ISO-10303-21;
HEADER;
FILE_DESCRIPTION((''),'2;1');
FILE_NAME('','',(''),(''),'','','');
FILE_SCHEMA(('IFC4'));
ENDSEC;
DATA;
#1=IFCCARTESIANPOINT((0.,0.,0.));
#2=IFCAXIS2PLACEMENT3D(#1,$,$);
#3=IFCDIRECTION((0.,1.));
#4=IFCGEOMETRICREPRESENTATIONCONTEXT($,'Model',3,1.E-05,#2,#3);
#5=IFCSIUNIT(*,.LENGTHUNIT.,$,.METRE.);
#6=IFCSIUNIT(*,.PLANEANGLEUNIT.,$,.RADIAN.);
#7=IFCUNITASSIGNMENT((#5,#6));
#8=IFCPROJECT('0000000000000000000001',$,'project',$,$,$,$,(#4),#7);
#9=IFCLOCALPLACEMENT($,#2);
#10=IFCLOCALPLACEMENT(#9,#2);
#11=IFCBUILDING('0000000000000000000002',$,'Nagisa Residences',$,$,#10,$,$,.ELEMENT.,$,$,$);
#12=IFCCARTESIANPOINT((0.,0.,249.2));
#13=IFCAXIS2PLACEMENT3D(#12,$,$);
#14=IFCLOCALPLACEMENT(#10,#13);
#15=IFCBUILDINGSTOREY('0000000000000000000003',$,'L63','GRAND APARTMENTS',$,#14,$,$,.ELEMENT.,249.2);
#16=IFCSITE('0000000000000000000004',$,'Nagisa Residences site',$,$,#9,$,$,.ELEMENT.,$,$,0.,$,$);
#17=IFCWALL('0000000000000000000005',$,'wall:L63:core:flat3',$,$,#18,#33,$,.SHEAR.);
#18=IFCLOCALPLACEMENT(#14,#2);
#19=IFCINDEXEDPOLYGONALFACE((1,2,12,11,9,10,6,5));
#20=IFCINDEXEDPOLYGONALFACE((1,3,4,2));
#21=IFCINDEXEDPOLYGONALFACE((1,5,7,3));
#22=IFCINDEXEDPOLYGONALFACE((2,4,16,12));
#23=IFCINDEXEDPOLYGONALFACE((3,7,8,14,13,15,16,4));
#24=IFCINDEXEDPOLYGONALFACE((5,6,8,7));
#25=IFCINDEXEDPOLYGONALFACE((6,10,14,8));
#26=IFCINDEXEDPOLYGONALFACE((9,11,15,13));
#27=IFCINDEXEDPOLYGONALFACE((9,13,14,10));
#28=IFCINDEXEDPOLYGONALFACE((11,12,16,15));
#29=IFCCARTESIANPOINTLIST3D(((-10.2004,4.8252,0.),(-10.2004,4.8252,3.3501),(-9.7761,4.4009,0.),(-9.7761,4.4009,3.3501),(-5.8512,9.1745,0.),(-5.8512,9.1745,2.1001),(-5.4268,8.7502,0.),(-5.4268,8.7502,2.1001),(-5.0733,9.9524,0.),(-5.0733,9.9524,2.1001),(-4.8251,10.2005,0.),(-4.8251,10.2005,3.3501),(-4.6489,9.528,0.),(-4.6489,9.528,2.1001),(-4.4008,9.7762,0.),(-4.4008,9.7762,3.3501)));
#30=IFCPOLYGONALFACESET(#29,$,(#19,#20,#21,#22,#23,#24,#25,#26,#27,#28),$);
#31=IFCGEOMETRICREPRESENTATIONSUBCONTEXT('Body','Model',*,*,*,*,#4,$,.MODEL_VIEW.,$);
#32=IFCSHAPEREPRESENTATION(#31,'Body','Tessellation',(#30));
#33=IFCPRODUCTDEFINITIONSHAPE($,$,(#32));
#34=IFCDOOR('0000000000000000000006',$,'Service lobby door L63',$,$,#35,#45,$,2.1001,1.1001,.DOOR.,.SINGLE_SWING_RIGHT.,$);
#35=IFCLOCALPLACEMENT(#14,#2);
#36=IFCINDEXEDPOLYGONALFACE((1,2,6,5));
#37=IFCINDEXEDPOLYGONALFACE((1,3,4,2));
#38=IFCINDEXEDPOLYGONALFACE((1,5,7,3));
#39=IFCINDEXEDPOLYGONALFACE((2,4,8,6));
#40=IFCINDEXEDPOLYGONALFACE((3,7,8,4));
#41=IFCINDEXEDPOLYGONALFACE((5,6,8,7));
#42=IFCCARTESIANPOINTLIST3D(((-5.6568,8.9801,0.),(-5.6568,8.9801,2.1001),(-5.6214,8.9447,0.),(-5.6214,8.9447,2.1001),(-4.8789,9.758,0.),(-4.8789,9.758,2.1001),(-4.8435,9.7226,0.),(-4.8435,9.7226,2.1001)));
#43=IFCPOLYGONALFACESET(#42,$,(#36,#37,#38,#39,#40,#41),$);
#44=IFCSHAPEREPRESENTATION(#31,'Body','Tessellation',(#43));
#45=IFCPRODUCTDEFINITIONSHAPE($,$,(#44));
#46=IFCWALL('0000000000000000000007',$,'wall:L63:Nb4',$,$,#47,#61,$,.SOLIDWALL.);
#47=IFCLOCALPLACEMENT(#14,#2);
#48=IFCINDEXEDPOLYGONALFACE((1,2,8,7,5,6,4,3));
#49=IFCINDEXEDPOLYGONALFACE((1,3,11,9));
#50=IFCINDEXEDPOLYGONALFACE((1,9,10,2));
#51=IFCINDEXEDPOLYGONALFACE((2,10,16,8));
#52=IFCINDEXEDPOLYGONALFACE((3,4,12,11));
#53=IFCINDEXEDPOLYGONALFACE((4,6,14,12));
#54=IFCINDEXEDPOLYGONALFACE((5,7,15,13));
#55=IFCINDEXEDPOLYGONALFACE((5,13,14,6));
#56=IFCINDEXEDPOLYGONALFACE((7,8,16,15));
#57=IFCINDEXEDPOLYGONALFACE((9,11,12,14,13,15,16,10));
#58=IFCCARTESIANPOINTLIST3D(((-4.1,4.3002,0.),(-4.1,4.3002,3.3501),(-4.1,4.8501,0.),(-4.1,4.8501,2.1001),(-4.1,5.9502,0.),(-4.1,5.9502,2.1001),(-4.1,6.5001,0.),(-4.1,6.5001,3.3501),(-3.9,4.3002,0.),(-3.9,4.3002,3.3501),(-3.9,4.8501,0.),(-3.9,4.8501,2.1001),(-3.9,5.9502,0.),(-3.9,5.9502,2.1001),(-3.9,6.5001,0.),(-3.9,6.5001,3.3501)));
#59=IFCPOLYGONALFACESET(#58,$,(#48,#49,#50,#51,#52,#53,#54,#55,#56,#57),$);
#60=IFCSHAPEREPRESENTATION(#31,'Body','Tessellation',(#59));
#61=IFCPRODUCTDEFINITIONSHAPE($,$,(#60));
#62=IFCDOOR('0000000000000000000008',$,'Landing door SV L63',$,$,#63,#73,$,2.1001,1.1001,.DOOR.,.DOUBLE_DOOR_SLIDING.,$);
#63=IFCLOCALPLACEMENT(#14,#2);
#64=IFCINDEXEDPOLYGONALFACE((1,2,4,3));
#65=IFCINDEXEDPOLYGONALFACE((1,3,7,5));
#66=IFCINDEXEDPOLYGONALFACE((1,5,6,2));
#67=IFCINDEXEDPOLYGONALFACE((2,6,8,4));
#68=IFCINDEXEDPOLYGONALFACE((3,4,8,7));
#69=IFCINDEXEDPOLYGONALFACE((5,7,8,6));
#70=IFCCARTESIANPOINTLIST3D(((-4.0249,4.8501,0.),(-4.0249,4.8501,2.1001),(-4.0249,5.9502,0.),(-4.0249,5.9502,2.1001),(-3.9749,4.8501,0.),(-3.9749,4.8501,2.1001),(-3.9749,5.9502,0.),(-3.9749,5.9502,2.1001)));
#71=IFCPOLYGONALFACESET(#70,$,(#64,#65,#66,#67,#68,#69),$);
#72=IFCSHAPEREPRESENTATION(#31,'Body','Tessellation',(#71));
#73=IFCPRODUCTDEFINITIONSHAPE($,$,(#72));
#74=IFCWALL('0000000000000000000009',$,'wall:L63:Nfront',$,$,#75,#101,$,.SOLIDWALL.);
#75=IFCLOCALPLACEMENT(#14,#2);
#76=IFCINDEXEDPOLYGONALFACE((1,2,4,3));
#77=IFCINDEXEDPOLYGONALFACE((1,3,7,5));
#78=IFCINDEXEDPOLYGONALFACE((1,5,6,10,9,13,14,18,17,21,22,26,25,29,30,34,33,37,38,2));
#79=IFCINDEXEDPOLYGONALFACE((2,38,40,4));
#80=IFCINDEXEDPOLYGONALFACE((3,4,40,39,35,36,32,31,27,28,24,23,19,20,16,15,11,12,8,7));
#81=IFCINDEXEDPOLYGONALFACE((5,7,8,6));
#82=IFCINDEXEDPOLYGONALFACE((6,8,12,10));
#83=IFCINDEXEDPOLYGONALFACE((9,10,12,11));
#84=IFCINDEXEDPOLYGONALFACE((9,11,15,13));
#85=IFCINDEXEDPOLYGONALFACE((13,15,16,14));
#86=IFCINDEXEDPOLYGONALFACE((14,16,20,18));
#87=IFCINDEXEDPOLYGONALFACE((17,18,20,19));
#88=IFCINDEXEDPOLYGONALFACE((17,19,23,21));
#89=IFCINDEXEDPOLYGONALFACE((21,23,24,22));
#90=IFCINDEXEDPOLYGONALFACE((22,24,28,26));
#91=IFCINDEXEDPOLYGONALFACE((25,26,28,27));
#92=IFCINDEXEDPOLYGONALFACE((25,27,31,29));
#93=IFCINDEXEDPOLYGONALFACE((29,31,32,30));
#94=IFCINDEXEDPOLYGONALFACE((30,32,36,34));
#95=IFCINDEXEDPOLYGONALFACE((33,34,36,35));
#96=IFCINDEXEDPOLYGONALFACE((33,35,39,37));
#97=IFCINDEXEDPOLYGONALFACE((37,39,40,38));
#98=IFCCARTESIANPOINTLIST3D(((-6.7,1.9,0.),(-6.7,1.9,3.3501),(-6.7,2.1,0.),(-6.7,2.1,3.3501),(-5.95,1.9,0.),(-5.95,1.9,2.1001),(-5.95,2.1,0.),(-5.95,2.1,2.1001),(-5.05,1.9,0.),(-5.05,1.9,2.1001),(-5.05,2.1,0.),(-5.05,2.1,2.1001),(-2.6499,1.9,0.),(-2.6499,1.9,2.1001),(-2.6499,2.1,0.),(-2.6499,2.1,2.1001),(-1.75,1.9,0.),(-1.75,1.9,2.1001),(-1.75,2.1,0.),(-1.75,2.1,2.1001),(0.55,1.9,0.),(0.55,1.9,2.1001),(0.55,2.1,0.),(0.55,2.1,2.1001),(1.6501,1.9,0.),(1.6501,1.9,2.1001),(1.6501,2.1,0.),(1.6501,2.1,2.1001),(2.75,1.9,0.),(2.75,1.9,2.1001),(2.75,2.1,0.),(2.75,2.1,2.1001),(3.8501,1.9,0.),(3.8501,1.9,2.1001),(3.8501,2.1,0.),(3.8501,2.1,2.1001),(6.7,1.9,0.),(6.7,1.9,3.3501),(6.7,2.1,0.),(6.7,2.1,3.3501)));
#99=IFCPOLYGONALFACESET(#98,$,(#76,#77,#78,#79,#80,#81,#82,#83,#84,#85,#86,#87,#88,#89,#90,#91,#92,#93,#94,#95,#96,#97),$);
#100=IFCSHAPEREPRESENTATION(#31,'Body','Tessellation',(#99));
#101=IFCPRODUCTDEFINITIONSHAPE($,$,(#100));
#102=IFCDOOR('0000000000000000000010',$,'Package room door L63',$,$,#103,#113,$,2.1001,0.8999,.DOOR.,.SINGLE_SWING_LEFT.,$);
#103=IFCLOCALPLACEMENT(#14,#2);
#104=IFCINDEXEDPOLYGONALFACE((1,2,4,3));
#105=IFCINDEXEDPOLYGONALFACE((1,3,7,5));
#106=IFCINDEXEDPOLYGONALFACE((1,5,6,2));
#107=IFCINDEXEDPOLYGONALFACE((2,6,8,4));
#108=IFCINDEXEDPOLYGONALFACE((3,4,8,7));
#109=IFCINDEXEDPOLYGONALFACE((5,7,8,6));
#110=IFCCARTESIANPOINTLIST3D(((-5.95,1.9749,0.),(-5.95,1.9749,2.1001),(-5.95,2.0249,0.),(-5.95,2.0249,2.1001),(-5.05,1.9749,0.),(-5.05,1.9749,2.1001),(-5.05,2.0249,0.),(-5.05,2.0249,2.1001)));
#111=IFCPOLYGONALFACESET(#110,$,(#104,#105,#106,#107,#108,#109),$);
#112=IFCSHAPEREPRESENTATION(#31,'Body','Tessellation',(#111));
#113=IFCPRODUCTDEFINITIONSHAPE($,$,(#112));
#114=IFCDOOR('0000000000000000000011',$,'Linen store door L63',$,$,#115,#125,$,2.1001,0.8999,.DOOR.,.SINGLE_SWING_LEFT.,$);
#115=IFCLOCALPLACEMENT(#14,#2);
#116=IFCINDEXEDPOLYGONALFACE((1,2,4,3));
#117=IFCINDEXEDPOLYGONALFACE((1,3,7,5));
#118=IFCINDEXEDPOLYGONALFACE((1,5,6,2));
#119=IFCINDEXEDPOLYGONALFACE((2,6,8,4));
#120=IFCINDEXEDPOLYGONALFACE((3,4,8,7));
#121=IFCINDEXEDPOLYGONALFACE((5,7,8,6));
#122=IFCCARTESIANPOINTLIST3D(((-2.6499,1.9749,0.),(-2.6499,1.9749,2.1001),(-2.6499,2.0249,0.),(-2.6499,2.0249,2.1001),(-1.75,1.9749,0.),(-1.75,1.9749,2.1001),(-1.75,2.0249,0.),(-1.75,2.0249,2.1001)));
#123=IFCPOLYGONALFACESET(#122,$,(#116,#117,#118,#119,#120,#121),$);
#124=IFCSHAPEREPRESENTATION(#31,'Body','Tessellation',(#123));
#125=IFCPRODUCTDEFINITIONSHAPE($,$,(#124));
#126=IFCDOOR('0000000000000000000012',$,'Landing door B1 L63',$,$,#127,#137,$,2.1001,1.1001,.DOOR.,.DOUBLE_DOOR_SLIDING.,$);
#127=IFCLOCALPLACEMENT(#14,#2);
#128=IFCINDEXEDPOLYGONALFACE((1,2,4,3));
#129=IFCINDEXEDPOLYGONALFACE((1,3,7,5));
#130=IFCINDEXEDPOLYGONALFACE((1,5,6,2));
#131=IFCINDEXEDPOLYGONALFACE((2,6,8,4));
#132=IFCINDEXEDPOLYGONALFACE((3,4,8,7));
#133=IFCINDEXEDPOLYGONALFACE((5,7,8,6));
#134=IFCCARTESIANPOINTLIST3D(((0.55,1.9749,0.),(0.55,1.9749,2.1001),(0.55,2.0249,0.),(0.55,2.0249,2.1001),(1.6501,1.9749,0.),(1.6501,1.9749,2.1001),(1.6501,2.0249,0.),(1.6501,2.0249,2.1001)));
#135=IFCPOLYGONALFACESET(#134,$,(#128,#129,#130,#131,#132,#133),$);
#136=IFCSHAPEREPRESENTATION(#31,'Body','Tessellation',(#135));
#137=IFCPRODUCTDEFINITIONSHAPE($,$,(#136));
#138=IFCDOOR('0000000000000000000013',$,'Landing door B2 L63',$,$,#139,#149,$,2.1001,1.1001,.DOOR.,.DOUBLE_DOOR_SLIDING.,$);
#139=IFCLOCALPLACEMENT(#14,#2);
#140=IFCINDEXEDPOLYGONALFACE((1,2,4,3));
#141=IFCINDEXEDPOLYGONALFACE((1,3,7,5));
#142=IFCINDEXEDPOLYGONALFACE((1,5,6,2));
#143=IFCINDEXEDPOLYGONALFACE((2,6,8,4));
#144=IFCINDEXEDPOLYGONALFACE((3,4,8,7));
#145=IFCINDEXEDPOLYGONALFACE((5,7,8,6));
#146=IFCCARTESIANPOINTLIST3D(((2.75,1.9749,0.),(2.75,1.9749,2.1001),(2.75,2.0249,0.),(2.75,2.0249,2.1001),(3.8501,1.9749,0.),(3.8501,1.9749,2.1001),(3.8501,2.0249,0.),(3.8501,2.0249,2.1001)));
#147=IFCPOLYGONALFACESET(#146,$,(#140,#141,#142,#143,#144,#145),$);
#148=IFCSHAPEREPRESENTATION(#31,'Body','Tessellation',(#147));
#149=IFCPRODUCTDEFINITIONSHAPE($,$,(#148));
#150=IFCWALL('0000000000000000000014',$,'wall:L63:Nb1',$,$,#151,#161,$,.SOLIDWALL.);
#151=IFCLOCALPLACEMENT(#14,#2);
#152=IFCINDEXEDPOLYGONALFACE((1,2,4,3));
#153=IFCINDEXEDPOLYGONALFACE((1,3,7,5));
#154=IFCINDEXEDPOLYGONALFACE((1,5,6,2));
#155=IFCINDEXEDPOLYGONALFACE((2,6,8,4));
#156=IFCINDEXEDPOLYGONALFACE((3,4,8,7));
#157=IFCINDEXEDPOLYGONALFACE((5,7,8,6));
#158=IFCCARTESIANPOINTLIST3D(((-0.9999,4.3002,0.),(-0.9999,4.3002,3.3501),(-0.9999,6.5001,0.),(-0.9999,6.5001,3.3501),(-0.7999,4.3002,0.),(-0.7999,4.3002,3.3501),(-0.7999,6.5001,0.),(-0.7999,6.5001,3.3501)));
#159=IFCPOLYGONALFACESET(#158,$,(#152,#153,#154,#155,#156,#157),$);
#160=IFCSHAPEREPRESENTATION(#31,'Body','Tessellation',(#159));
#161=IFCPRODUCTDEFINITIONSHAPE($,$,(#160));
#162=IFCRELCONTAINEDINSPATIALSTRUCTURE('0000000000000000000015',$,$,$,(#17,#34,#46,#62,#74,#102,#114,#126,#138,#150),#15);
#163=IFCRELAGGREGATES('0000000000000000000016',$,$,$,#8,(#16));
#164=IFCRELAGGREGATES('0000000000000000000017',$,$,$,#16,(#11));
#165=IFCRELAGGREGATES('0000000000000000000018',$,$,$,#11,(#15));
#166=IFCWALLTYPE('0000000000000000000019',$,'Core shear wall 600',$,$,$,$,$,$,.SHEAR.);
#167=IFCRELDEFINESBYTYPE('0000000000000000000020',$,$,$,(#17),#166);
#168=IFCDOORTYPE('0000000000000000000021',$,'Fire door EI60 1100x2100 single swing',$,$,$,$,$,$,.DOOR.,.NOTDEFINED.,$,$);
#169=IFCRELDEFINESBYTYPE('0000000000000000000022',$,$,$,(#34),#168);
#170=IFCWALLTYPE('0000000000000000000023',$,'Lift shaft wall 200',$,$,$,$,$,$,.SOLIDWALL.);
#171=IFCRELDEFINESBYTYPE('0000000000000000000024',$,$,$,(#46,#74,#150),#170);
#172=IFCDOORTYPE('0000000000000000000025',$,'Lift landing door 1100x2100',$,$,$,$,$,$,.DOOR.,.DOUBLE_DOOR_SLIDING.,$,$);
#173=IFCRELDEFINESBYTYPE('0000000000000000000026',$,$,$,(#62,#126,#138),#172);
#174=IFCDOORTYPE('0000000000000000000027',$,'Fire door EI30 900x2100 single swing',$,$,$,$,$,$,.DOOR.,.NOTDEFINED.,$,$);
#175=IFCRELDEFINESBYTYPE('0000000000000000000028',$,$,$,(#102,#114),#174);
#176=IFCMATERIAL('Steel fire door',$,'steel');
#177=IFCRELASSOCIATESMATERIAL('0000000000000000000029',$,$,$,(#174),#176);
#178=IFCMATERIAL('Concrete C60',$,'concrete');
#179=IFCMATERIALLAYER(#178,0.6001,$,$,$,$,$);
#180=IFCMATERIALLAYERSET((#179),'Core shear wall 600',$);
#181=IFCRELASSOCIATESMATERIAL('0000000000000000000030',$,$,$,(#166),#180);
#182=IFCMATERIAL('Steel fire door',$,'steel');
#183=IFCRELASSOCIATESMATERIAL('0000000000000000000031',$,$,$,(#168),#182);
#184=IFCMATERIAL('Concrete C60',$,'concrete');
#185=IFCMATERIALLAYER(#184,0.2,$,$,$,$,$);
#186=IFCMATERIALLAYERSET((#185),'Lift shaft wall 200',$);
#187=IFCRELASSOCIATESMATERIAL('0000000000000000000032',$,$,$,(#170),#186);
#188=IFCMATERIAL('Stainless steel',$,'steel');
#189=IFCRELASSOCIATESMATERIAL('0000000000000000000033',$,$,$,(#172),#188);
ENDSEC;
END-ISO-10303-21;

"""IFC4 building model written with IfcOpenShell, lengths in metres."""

from ifc_helpers import new_model, si_unit, direction, frame, frame_2d, origin, place, context, subcontext, project, spatial, rectangle, extrude, material, layer, layer_set, type_object, element, fill, save


model = new_model("IFC4")

# Units and contexts
model_context = context("Model", 3, precision=1e-05, world=origin(), true_north=direction((0.0, 1.0)))
body_context = subcontext(model_context, "Body", "Model", "MODEL_VIEW")
ifc_project = project(units=[si_unit("LENGTHUNIT", "METRE"), si_unit("PLANEANGLEUNIT", "RADIAN")], contexts=[model_context])

# Site, building, storey
site_placement = place(None, origin())
site = spatial("IfcSite", under=ifc_project, at=site_placement, Name="Nagisa Residences site", CompositionType="ELEMENT", RefElevation=0.0)
building_placement = place(site_placement, origin())
building = spatial("IfcBuilding", under=site, at=building_placement, Name="Nagisa Residences", CompositionType="ELEMENT")
storey_placement = place(building_placement, frame((0.0, 0.0, 249.2)))
storey = spatial("IfcBuildingStorey", under=building, at=storey_placement, Name="L63", Description="GRAND APARTMENTS", CompositionType="ELEMENT", Elevation=249.2)

# Shared definitions
ifc_material_1 = material(Name="Steel fire door", Category="steel")
door_type_1 = type_object("IfcDoorType", Name="Fire door EI30 900x2100 single swing", OperationType="NOTDEFINED", PredefinedType="DOOR", material=ifc_material_1)

# Walls, openings, doors
ifc_material_2 = material(Name="Concrete C60", Category="concrete")
ifc_layer_1 = layer(ifc_material_2, 0.6001)
ifc_layer_set_1 = layer_set([ifc_layer_1], Name="Core shear wall 600")
wall_type_1 = type_object("IfcWallType", Name="Core shear wall 600", PredefinedType="SHEAR", material=ifc_layer_set_1)
wall_1_placement = place(storey_placement, frame((-4.613, 9.9883, 0.0), z_axis=(0.0, 0.0, 1.0), x_axis=(-0.707107, -0.707107, 0.0)))
wall_1 = element("IfcWall", 1, at=wall_1_placement, inside=storey, type_object=wall_type_1, Name="wall:L63:core:flat3", PredefinedType="SHEAR", context=body_context, shape_type="SweptSolid", body=[
    extrude(rectangle(XDim=7.6018, YDim=0.6001, at=frame_2d((3.8008, 0.0))), origin(), (0.0, 0.0, 1.0), 3.3501),
])
opening_1_placement = place(wall_1_placement, frame((0.3508, 0.0, 0.0)))
opening_1 = element("IfcOpeningElement", 2, at=opening_1_placement, cuts=wall_1, PredefinedType="OPENING", context=body_context, shape_type="SweptSolid", body=[
    extrude(rectangle(XDim=1.1001, YDim=2.1001, at=frame_2d((0.55, 1.05))), frame((0.0, 0.3101, 0.0), z_axis=(0.0, -1.0, 0.0), x_axis=(1.0, 0.0, 0.0)), (0.0, 0.0, 1.0), 0.6201),
])
ifc_material_3 = material(Name="Steel fire door", Category="steel")
door_type_2 = type_object("IfcDoorType", Name="Fire door EI60 1100x2100 single swing", OperationType="NOTDEFINED", PredefinedType="DOOR", material=ifc_material_3)
door_1_placement = place(opening_1_placement, origin())
door_1 = element("IfcDoor", 3, at=door_1_placement, inside=storey, type_object=door_type_2, Name="Service lobby door L63", OperationType="SINGLE_SWING_RIGHT", OverallHeight=2.1001, OverallWidth=1.1001, PredefinedType="DOOR", context=body_context, shape_type="SweptSolid", body=[
    extrude(rectangle(XDim=1.1001, YDim=2.1001, at=frame_2d((0.55, 1.05))), frame((0.0, 0.0249, 0.0), z_axis=(0.0, -1.0, 0.0), x_axis=(1.0, 0.0, 0.0)), (0.0, 0.0, 1.0), 0.05),
])
fill(opening_1, door_1)
ifc_material_4 = material(Name="Concrete C60", Category="concrete")
ifc_layer_2 = layer(ifc_material_4, 0.2)
ifc_layer_set_2 = layer_set([ifc_layer_2], Name="Lift shaft wall 200")
wall_type_2 = type_object("IfcWallType", Name="Lift shaft wall 200", PredefinedType="SOLIDWALL", material=ifc_layer_set_2)
wall_2_placement = place(storey_placement, frame((-4.0, 4.3, 0.0), z_axis=(0.0, 0.0, 1.0), x_axis=(0.0, 1.0, 0.0)))
wall_2 = element("IfcWall", 4, at=wall_2_placement, inside=storey, type_object=wall_type_2, Name="wall:L63:Nb4", PredefinedType="SOLIDWALL", context=body_context, shape_type="SweptSolid", body=[
    extrude(rectangle(XDim=2.2, YDim=0.2, at=frame_2d((1.1001, 0.0))), origin(), (0.0, 0.0, 1.0), 3.3501),
])
opening_2_placement = place(wall_2_placement, frame((0.55, 0.0, 0.0)))
opening_2 = element("IfcOpeningElement", 5, at=opening_2_placement, cuts=wall_2, PredefinedType="OPENING", context=body_context, shape_type="SweptSolid", body=[
    extrude(rectangle(XDim=1.1001, YDim=2.1001, at=frame_2d((0.55, 1.05))), frame((0.0, 0.1099, 0.0), z_axis=(0.0, -1.0, 0.0), x_axis=(1.0, 0.0, 0.0)), (0.0, 0.0, 1.0), 0.22),
])
ifc_material_5 = material(Name="Stainless steel", Category="steel")
door_type_3 = type_object("IfcDoorType", Name="Lift landing door 1100x2100", OperationType="DOUBLE_DOOR_SLIDING", PredefinedType="DOOR", material=ifc_material_5)
door_2_placement = place(opening_2_placement, origin())
door_2 = element("IfcDoor", 6, at=door_2_placement, inside=storey, type_object=door_type_3, Name="Landing door SV L63", OperationType="DOUBLE_DOOR_SLIDING", OverallHeight=2.1001, OverallWidth=1.1001, PredefinedType="DOOR", context=body_context, shape_type="SweptSolid", body=[
    extrude(rectangle(XDim=1.1001, YDim=2.1001, at=frame_2d((0.55, 1.05))), frame((0.0, 0.0249, 0.0), z_axis=(0.0, -1.0, 0.0), x_axis=(1.0, 0.0, 0.0)), (0.0, 0.0, 1.0), 0.05),
])
fill(opening_2, door_2)

# Wall, openings, doors
wall_3_placement = place(storey_placement, frame((-6.7, 2.0, 0.0), z_axis=(0.0, 0.0, 1.0), x_axis=(1.0, 0.0, 0.0)))
wall_3 = element("IfcWall", 7, at=wall_3_placement, inside=storey, type_object=wall_type_2, Name="wall:L63:Nfront", PredefinedType="SOLIDWALL", context=body_context, shape_type="SweptSolid", body=[
    extrude(rectangle(XDim=13.3999, YDim=0.2, at=frame_2d((6.7, 0.0))), origin(), (0.0, 0.0, 1.0), 3.3501),
])
opening_3_placement = place(wall_3_placement, frame((7.25, 0.0, 0.0)))
opening_3 = element("IfcOpeningElement", 8, at=opening_3_placement, cuts=wall_3, PredefinedType="OPENING", context=body_context, shape_type="SweptSolid", body=[
    extrude(rectangle(XDim=1.1001, YDim=2.1001, at=frame_2d((0.55, 1.05))), frame((0.0, 0.1099, 0.0), z_axis=(0.0, -1.0, 0.0), x_axis=(1.0, 0.0, 0.0)), (0.0, 0.0, 1.0), 0.22),
])
opening_4_placement = place(wall_3_placement, frame((9.45, 0.0, 0.0)))
opening_4 = element("IfcOpeningElement", 9, at=opening_4_placement, cuts=wall_3, PredefinedType="OPENING", context=body_context, shape_type="SweptSolid", body=[
    extrude(rectangle(XDim=1.1001, YDim=2.1001, at=frame_2d((0.55, 1.05))), frame((0.0, 0.1099, 0.0), z_axis=(0.0, -1.0, 0.0), x_axis=(1.0, 0.0, 0.0)), (0.0, 0.0, 1.0), 0.22),
])
opening_5_placement = place(wall_3_placement, frame((0.75, 0.0, 0.0)))
opening_5 = element("IfcOpeningElement", 10, at=opening_5_placement, cuts=wall_3, PredefinedType="OPENING", context=body_context, shape_type="SweptSolid", body=[
    extrude(rectangle(XDim=0.8999, YDim=2.1001, at=frame_2d((0.45, 1.05))), frame((0.0, 0.1099, 0.0), z_axis=(0.0, -1.0, 0.0), x_axis=(1.0, 0.0, 0.0)), (0.0, 0.0, 1.0), 0.22),
])
opening_6_placement = place(wall_3_placement, frame((4.05, 0.0, 0.0)))
opening_6 = element("IfcOpeningElement", 11, at=opening_6_placement, cuts=wall_3, PredefinedType="OPENING", context=body_context, shape_type="SweptSolid", body=[
    extrude(rectangle(XDim=0.8999, YDim=2.1001, at=frame_2d((0.45, 1.05))), frame((0.0, 0.1099, 0.0), z_axis=(0.0, -1.0, 0.0), x_axis=(1.0, 0.0, 0.0)), (0.0, 0.0, 1.0), 0.22),
])
door_3_placement = place(opening_5_placement, origin())
door_3 = element("IfcDoor", 12, at=door_3_placement, inside=storey, type_object=door_type_1, Name="Package room door L63", OperationType="SINGLE_SWING_LEFT", OverallHeight=2.1001, OverallWidth=0.8999, PredefinedType="DOOR", context=body_context, shape_type="SweptSolid", body=[
    extrude(rectangle(XDim=0.8999, YDim=2.1001, at=frame_2d((0.45, 1.05))), frame((0.0, 0.0249, 0.0), z_axis=(0.0, -1.0, 0.0), x_axis=(1.0, 0.0, 0.0)), (0.0, 0.0, 1.0), 0.05),
])
fill(opening_5, door_3)
door_4_placement = place(opening_6_placement, origin())
door_4 = element("IfcDoor", 13, at=door_4_placement, inside=storey, type_object=door_type_1, Name="Linen store door L63", OperationType="SINGLE_SWING_LEFT", OverallHeight=2.1001, OverallWidth=0.8999, PredefinedType="DOOR", context=body_context, shape_type="SweptSolid", body=[
    extrude(rectangle(XDim=0.8999, YDim=2.1001, at=frame_2d((0.45, 1.05))), frame((0.0, 0.0249, 0.0), z_axis=(0.0, -1.0, 0.0), x_axis=(1.0, 0.0, 0.0)), (0.0, 0.0, 1.0), 0.05),
])
fill(opening_6, door_4)
door_5_placement = place(opening_3_placement, origin())
door_5 = element("IfcDoor", 14, at=door_5_placement, inside=storey, type_object=door_type_3, Name="Landing door B1 L63", OperationType="DOUBLE_DOOR_SLIDING", OverallHeight=2.1001, OverallWidth=1.1001, PredefinedType="DOOR", context=body_context, shape_type="SweptSolid", body=[
    extrude(rectangle(XDim=1.1001, YDim=2.1001, at=frame_2d((0.55, 1.05))), frame((0.0, 0.0249, 0.0), z_axis=(0.0, -1.0, 0.0), x_axis=(1.0, 0.0, 0.0)), (0.0, 0.0, 1.0), 0.05),
])
fill(opening_3, door_5)
door_6_placement = place(opening_4_placement, origin())
door_6 = element("IfcDoor", 15, at=door_6_placement, inside=storey, type_object=door_type_3, Name="Landing door B2 L63", OperationType="DOUBLE_DOOR_SLIDING", OverallHeight=2.1001, OverallWidth=1.1001, PredefinedType="DOOR", context=body_context, shape_type="SweptSolid", body=[
    extrude(rectangle(XDim=1.1001, YDim=2.1001, at=frame_2d((0.55, 1.05))), frame((0.0, 0.0249, 0.0), z_axis=(0.0, -1.0, 0.0), x_axis=(1.0, 0.0, 0.0)), (0.0, 0.0, 1.0), 0.05),
])
fill(opening_4, door_6)

# Wall
wall_4_placement = place(storey_placement, frame((-0.8999, 4.3, 0.0), z_axis=(0.0, 0.0, 1.0), x_axis=(0.0, 1.0, 0.0)))
element("IfcWall", 16, at=wall_4_placement, inside=storey, type_object=wall_type_2, Name="wall:L63:Nb1", PredefinedType="SOLIDWALL", context=body_context, shape_type="SweptSolid", body=[
    extrude(rectangle(XDim=2.2, YDim=0.2, at=frame_2d((1.1001, 0.0))), origin(), (0.0, 0.0, 1.0), 3.3501),
])

save(model, "model.ifc")
